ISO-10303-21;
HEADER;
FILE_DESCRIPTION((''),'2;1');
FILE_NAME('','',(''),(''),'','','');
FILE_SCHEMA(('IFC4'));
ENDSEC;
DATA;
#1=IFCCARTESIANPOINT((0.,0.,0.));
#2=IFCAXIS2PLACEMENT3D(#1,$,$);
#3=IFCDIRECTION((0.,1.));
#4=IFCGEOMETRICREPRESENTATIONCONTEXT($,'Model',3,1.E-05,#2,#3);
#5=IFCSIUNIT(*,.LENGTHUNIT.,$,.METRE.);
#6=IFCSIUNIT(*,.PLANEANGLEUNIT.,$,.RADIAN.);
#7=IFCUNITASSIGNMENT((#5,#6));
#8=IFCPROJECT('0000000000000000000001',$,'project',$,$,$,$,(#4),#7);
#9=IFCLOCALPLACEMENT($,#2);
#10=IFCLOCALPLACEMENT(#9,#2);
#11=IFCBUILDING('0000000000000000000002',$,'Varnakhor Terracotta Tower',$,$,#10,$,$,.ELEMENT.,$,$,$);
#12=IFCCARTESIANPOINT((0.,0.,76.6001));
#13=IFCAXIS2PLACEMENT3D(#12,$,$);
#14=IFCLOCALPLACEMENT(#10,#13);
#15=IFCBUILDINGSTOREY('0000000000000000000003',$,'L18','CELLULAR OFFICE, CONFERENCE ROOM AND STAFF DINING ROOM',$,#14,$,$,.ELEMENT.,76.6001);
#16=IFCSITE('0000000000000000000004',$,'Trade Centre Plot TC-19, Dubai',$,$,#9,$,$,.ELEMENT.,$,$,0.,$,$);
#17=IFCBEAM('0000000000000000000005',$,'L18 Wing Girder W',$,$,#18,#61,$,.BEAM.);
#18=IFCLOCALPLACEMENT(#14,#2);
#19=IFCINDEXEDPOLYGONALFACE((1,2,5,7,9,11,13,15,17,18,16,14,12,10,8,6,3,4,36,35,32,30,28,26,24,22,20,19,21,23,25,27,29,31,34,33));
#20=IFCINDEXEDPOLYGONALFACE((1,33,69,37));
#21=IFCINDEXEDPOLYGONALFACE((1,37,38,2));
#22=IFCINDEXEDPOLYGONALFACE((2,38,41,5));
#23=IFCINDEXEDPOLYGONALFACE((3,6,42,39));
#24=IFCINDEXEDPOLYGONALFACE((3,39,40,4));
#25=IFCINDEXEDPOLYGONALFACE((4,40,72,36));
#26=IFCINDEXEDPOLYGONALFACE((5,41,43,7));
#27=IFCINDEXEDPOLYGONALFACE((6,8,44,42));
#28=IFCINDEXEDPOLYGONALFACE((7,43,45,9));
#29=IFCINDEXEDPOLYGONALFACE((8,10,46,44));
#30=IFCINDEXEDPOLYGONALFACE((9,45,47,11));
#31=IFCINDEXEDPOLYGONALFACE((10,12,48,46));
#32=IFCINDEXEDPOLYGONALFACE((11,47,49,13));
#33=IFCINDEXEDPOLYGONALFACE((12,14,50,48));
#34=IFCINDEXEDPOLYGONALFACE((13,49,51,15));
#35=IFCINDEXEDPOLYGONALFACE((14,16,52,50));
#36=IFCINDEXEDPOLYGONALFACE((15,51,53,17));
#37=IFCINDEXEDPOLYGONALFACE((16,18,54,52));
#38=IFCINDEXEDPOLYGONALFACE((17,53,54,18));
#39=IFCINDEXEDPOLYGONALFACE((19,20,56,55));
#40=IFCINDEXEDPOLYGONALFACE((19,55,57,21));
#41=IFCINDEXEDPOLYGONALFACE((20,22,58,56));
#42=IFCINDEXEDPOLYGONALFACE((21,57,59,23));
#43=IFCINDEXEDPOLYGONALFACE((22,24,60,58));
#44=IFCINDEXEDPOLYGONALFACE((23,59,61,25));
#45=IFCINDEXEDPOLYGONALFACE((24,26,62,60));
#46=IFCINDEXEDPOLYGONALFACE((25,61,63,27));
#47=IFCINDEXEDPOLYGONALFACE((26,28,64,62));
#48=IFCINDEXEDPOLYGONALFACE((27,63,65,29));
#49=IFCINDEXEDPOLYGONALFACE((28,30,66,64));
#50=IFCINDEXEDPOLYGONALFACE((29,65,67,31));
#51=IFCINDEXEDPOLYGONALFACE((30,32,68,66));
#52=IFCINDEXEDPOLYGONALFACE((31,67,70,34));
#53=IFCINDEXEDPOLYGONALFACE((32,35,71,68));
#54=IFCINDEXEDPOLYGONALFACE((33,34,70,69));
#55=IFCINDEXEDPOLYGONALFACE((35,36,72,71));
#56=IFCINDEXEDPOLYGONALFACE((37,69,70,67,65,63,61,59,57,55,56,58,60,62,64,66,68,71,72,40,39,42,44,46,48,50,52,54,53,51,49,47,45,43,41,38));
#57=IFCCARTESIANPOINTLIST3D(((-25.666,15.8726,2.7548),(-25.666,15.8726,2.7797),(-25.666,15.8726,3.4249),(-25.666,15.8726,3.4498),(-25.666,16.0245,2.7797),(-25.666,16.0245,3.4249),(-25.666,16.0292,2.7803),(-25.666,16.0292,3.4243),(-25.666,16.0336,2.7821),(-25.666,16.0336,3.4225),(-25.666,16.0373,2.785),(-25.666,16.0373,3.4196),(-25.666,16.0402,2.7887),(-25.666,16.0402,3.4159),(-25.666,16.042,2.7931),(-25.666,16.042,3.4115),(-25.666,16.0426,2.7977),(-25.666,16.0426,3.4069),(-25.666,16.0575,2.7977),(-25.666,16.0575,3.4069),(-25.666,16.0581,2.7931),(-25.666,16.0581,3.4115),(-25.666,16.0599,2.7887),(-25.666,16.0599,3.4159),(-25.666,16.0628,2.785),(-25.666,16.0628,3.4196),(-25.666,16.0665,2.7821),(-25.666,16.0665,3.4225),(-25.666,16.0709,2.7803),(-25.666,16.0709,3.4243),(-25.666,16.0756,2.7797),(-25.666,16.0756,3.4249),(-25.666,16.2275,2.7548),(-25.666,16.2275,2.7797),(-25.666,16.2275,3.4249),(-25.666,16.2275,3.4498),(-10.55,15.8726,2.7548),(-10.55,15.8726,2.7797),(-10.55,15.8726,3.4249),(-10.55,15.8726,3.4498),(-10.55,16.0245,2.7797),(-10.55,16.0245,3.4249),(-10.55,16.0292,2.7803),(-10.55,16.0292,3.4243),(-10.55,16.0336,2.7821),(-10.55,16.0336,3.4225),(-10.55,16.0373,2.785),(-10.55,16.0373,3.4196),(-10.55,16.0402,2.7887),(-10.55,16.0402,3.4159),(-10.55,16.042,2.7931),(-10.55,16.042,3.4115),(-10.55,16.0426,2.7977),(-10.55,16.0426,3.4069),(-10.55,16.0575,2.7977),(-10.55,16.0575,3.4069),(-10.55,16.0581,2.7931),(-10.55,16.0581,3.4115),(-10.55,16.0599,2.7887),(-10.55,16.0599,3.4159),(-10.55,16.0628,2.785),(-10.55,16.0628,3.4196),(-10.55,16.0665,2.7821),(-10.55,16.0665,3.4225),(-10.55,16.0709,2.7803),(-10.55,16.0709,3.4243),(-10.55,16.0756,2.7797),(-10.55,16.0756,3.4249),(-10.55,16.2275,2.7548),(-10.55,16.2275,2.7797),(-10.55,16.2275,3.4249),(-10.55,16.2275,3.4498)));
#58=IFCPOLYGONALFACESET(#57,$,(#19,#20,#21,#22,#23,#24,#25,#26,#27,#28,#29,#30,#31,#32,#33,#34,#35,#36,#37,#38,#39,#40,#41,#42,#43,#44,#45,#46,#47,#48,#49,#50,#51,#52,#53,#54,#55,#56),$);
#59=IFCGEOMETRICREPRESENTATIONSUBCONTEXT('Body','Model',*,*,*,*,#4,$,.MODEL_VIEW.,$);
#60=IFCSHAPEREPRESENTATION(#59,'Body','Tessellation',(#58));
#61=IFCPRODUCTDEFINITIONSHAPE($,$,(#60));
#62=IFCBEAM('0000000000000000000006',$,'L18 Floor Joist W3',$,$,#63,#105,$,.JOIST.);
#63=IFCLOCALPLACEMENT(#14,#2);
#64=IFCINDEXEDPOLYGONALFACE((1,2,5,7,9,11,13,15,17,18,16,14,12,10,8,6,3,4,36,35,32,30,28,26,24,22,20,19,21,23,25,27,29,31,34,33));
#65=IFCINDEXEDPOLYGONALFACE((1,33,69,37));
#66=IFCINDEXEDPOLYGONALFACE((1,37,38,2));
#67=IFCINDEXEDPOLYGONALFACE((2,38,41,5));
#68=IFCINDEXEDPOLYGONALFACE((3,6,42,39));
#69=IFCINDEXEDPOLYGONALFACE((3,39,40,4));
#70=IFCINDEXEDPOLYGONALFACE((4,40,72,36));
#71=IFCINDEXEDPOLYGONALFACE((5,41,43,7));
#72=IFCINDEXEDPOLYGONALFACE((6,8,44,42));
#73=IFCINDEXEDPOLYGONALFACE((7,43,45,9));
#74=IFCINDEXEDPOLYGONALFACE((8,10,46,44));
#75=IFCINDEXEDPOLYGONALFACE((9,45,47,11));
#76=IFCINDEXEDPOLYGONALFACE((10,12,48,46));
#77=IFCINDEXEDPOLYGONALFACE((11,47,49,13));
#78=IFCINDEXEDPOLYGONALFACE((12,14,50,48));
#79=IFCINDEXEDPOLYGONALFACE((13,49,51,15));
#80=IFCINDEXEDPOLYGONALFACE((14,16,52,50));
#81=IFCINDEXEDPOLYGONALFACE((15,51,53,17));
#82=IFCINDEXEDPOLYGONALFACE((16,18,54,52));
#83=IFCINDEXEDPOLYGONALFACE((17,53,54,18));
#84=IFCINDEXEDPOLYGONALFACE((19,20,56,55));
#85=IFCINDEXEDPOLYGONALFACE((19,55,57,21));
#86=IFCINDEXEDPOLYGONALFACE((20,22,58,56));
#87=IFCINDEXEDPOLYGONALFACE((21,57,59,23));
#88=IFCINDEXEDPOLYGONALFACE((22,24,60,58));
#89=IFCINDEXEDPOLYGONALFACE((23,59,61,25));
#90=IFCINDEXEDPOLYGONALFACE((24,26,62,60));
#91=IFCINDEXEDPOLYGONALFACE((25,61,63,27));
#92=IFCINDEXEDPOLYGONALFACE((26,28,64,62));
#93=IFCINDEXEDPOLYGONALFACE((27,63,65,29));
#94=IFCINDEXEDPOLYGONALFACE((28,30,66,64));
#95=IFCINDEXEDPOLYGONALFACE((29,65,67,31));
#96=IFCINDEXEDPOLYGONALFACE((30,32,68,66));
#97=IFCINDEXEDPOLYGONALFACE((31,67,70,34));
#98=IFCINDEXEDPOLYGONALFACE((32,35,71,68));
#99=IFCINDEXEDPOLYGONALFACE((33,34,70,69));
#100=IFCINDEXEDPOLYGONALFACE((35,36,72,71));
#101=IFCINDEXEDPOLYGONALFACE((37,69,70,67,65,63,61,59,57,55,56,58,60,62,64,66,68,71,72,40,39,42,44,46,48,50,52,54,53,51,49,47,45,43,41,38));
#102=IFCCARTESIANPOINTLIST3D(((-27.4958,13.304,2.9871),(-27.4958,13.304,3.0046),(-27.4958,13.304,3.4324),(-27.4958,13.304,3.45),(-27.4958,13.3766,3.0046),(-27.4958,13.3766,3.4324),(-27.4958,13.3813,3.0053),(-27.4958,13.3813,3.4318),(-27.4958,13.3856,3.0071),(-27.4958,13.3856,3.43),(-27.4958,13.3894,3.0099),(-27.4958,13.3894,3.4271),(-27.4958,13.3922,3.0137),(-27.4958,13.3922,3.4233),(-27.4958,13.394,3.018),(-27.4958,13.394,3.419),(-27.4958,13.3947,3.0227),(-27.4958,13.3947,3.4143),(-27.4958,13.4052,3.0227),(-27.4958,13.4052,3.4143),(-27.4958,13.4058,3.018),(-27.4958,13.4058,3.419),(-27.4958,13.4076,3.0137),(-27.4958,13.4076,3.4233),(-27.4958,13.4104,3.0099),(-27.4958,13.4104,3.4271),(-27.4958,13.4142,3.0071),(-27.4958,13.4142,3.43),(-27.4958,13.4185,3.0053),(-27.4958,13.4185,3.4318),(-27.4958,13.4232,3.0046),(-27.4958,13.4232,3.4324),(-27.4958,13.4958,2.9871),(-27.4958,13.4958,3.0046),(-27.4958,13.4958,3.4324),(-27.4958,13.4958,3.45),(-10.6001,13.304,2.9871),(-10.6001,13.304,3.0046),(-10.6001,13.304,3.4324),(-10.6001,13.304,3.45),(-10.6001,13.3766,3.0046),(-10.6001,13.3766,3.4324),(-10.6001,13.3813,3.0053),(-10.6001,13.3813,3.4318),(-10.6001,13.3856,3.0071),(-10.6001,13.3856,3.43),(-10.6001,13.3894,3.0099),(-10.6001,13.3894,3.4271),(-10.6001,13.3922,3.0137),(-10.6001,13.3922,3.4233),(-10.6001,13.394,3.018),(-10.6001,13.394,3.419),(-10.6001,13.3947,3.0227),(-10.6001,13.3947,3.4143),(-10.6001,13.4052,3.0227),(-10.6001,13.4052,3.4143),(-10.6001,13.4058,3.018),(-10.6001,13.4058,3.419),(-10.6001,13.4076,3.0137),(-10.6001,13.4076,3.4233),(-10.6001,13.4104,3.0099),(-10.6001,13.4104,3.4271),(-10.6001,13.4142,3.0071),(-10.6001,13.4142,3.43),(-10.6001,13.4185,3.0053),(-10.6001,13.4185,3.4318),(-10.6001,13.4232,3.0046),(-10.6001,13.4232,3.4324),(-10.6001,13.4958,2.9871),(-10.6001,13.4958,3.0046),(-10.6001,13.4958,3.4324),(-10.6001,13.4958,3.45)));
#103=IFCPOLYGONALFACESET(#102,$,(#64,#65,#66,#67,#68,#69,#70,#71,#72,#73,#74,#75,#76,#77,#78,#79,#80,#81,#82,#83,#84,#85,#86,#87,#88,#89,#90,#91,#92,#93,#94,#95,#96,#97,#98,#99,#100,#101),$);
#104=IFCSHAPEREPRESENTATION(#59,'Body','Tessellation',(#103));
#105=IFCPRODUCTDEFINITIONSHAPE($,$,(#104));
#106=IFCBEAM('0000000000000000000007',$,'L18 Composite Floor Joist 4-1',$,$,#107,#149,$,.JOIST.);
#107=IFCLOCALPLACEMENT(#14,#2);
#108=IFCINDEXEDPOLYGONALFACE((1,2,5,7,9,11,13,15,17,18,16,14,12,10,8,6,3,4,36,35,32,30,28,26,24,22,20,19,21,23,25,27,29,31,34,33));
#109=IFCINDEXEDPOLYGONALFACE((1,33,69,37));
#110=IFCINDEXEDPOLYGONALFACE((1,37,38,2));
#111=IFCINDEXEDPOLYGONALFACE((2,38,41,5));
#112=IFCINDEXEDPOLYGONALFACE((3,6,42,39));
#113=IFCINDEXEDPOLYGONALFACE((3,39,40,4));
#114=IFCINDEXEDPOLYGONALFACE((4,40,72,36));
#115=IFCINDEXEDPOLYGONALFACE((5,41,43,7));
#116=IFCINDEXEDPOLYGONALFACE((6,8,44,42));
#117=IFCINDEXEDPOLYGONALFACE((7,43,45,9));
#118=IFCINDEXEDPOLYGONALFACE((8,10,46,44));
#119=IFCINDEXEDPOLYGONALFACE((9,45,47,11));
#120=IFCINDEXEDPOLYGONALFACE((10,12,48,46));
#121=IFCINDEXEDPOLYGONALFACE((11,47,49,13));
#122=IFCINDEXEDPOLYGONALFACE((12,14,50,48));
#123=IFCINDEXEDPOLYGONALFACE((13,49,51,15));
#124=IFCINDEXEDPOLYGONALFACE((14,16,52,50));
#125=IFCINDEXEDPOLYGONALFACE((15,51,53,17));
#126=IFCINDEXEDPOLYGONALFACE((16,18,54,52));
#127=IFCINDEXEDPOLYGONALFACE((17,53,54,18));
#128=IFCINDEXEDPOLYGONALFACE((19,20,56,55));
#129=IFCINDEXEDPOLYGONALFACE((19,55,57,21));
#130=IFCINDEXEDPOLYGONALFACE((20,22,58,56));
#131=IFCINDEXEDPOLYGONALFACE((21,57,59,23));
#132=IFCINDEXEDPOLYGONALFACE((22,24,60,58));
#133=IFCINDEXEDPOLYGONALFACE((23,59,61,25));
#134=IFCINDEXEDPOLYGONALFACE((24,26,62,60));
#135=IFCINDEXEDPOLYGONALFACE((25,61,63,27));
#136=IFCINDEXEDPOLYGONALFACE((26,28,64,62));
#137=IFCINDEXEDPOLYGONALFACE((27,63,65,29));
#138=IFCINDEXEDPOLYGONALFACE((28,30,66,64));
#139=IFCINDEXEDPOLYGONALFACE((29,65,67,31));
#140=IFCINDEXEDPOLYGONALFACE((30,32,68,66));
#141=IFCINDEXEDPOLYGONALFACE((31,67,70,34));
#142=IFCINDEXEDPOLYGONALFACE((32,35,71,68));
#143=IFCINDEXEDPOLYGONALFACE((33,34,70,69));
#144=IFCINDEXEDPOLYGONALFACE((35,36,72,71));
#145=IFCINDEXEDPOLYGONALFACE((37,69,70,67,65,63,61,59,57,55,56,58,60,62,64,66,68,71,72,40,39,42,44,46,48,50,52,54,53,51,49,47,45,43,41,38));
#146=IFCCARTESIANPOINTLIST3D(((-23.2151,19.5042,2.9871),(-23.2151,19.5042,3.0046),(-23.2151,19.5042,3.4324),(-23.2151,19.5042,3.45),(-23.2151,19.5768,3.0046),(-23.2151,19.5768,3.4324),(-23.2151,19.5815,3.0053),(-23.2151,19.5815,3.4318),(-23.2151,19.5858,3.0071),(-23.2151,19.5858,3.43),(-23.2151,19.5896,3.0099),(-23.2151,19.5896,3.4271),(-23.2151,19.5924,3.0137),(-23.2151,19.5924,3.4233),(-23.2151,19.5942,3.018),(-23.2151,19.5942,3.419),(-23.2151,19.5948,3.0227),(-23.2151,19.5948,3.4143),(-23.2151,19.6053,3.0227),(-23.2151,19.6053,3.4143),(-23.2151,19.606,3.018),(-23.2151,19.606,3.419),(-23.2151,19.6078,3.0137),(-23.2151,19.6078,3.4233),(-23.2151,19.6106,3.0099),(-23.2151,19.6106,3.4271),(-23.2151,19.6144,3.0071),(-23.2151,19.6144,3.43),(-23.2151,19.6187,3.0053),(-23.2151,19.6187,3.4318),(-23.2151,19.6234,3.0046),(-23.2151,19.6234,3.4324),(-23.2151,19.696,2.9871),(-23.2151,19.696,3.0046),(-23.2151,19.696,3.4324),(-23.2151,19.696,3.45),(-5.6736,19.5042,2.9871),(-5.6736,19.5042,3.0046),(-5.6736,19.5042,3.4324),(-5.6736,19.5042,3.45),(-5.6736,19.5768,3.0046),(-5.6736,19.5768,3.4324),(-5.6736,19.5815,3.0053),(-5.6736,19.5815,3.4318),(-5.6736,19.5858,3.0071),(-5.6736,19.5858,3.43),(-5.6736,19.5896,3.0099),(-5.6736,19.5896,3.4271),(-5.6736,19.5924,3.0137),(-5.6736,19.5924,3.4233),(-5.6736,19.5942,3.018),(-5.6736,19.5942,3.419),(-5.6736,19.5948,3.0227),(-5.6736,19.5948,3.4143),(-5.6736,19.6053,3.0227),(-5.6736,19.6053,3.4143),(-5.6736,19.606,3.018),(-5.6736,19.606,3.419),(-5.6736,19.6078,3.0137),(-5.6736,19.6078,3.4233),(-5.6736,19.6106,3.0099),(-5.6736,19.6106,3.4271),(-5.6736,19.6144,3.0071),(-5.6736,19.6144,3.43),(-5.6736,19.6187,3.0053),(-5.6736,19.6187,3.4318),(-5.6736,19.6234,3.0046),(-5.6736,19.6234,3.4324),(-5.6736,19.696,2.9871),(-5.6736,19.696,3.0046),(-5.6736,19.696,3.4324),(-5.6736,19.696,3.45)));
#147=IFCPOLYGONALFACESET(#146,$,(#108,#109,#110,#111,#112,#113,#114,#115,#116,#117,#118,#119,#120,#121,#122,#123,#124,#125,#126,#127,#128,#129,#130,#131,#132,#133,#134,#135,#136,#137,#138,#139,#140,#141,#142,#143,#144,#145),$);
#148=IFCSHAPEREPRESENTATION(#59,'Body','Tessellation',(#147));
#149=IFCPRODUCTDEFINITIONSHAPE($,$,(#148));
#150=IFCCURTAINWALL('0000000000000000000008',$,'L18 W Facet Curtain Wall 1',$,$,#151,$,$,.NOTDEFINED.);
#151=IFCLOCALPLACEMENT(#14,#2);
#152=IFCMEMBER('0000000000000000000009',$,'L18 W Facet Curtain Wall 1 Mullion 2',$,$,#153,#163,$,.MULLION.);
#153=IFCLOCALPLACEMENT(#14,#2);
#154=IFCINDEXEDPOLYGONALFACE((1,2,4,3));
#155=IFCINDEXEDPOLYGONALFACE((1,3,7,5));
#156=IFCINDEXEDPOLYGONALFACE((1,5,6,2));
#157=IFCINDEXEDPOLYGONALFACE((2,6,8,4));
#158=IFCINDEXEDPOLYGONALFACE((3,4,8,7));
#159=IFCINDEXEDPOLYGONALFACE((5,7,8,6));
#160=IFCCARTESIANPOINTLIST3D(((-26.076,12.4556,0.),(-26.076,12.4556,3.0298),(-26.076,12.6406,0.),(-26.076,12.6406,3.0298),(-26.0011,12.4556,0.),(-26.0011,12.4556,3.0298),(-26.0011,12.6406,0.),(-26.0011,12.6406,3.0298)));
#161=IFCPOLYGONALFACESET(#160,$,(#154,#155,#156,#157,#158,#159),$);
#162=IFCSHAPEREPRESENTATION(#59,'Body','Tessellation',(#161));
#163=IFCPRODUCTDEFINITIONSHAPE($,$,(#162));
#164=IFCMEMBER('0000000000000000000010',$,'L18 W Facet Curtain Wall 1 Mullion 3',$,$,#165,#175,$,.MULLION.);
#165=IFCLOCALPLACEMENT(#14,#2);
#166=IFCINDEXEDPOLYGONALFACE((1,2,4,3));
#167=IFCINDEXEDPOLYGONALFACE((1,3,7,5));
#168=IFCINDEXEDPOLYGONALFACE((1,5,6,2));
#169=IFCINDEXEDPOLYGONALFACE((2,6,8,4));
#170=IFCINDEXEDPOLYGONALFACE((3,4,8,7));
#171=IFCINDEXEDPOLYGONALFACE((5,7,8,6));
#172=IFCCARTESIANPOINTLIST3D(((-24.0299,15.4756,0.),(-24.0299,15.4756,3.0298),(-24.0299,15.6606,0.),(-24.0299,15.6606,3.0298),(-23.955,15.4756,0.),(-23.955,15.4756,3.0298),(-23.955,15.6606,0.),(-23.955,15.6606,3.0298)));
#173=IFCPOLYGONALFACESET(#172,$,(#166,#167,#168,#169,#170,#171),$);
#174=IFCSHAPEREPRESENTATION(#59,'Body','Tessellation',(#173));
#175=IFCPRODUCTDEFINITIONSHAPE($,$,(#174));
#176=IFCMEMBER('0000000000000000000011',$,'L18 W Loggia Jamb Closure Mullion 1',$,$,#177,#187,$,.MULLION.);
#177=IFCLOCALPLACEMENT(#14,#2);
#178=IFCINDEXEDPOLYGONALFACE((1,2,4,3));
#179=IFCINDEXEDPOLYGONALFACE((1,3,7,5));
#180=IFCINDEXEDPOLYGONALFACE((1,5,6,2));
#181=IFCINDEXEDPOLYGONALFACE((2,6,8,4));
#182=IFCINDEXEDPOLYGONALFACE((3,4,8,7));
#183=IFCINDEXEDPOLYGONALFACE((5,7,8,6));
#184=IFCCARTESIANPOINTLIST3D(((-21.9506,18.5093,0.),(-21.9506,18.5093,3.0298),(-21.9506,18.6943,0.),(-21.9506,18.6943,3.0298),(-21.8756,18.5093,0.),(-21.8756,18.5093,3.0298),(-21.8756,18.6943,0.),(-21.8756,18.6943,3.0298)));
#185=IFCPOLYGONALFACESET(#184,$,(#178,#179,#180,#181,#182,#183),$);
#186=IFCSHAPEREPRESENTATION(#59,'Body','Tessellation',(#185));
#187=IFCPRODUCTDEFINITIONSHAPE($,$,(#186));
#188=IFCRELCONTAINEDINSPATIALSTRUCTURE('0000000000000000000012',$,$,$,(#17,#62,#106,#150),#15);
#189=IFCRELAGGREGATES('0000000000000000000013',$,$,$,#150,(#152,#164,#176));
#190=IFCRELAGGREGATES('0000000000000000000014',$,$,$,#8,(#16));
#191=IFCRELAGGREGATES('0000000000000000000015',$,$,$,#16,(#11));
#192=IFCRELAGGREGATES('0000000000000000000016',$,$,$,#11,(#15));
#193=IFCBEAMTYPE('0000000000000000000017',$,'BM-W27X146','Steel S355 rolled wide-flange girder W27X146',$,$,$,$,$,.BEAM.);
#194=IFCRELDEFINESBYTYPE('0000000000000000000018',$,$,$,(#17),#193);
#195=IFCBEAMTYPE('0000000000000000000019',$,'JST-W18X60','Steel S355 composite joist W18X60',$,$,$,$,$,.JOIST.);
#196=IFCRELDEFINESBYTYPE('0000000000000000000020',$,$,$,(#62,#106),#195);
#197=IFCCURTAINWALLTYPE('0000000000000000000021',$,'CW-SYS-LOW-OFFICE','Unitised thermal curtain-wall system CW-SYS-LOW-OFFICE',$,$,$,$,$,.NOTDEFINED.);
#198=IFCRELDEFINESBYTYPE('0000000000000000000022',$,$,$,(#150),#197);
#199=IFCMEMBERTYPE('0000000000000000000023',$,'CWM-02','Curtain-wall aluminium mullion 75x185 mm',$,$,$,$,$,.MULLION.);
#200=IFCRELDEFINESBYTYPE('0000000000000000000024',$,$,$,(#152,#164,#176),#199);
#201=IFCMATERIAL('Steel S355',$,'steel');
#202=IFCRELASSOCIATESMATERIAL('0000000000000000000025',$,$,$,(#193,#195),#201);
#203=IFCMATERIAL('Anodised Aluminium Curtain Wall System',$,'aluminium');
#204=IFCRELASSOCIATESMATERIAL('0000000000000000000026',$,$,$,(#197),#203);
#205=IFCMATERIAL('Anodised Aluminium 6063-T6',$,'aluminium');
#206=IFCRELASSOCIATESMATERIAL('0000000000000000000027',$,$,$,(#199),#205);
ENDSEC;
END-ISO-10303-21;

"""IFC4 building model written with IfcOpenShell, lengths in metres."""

from ifc_helpers import new_model, si_unit, direction, frame, origin, origin_2d, place, context, subcontext, project, spatial, rectangle, i_section, extrude, source, transform, mapped, material, material_profile, profile_set, type_object, element, aggregate, save


model = new_model("IFC4")

# Units and contexts
model_context = context("Model", 3, precision=1e-05, world=origin(), true_north=direction((0.0, 1.0)))
body_context = subcontext(model_context, "Body", "Model", "MODEL_VIEW")
ifc_project = project(units=[si_unit("LENGTHUNIT", "METRE"), si_unit("PLANEANGLEUNIT", "RADIAN")], contexts=[model_context])

# Site, building, storey
site_placement = place(None, origin())
site = spatial("IfcSite", under=ifc_project, at=site_placement, Name="Trade Centre Plot TC-19, Dubai", CompositionType="ELEMENT", RefElevation=0.0)
building_placement = place(site_placement, origin())
building = spatial("IfcBuilding", under=site, at=building_placement, Name="Varnakhor Terracotta Tower", CompositionType="ELEMENT")
storey_placement = place(building_placement, frame((0.0, 0.0, 76.6001)))
storey = spatial("IfcBuildingStorey", under=building, at=storey_placement, Name="L18", Description="CELLULAR OFFICE, CONFERENCE ROOM AND STAFF DINING ROOM", CompositionType="ELEMENT", Elevation=76.6001)

# Beams
ifc_material_1 = material(Name="Steel S355", Category="steel")
ifc_material_profile_1 = material_profile(ifc_material_1, i_section(OverallWidth=0.355, OverallDepth=0.6951, WebThickness=0.0149, FlangeThickness=0.0249, FilletRadius=0.0181, at=origin_2d()), Name="W27X146")
ifc_profile_set_1 = profile_set([ifc_material_profile_1], Name="Steel S355")
beam_type_1 = type_object("IfcBeamType", Name="BM-W27X146", Description="Steel S355 rolled wide-flange girder W27X146", PredefinedType="BEAM", material=ifc_profile_set_1)
shared_shape_1 = source(origin(), body_context, "Body", "SweptSolid", [
    extrude(i_section(OverallWidth=0.355, OverallDepth=0.6951, WebThickness=0.0149, FlangeThickness=0.0249, FilletRadius=0.0181, at=origin_2d()), origin(), (0.0, 0.0, 1.0), 15.116),
])
beam_1_placement = place(storey_placement, frame((-25.666, 16.05, 3.1023), z_axis=(1.0, 0.0, 0.0), x_axis=(0.0, 1.0, 0.0)))
element("IfcBeam", 1, at=beam_1_placement, inside=storey, type_object=beam_type_1, Name="L18 Wing Girder W", PredefinedType="BEAM", context=body_context, shape_type="MappedRepresentation", body=[
    mapped(shared_shape_1, transform((0.0, 0.0, 0.0), scale=1.0)),
])
ifc_material_profile_2 = material_profile(ifc_material_1, i_section(OverallWidth=0.1919, OverallDepth=0.4629, WebThickness=0.0105, FlangeThickness=0.0176, FilletRadius=0.0181, at=origin_2d()), Name="W18X60")
ifc_profile_set_2 = profile_set([ifc_material_profile_2], Name="Steel S355")
beam_type_2 = type_object("IfcBeamType", Name="JST-W18X60", Description="Steel S355 composite joist W18X60", PredefinedType="JOIST", material=ifc_profile_set_2)
shared_shape_2 = source(origin(), body_context, "Body", "SweptSolid", [
    extrude(i_section(OverallWidth=0.1919, OverallDepth=0.4629, WebThickness=0.0105, FlangeThickness=0.0176, FilletRadius=0.0181, at=origin_2d()), origin(), (0.0, 0.0, 1.0), 16.8958),
])
beam_2_placement = place(storey_placement, frame((-27.4958, 13.3999, 3.2185), z_axis=(1.0, 0.0, 0.0), x_axis=(0.0, 1.0, 0.0)))
element("IfcBeam", 2, at=beam_2_placement, inside=storey, type_object=beam_type_2, Name="L18 Floor Joist W3", PredefinedType="JOIST", context=body_context, shape_type="MappedRepresentation", body=[
    mapped(shared_shape_2, transform((0.0, 0.0, 0.0), scale=1.0)),
])
shared_shape_3 = source(origin(), body_context, "Body", "SweptSolid", [
    extrude(i_section(OverallWidth=0.1919, OverallDepth=0.4629, WebThickness=0.0105, FlangeThickness=0.0176, FilletRadius=0.0181, at=origin_2d()), origin(), (0.0, 0.0, 1.0), 17.5415),
])
beam_3_placement = place(storey_placement, frame((-23.2151, 19.6001, 3.2185), z_axis=(1.0, 0.0, 0.0), x_axis=(0.0, 1.0, 0.0)))
element("IfcBeam", 3, at=beam_3_placement, inside=storey, type_object=beam_type_2, Name="L18 Composite Floor Joist 4-1", PredefinedType="JOIST", context=body_context, shape_type="MappedRepresentation", body=[
    mapped(shared_shape_3, transform((0.0, 0.0, 0.0), scale=1.0)),
])

# Curtain wall, members
ifc_material_2 = material(Name="Anodised Aluminium Curtain Wall System", Category="aluminium")
curtain_wall_type = type_object("IfcCurtainWallType", Name="CW-SYS-LOW-OFFICE", Description="Unitised thermal curtain-wall system CW-SYS-LOW-OFFICE", PredefinedType="NOTDEFINED", material=ifc_material_2)
curtain_wall_placement = place(storey_placement, origin())
curtain_wall = element("IfcCurtainWall", 4, at=curtain_wall_placement, inside=storey, type_object=curtain_wall_type, Name="L18 W Facet Curtain Wall 1", PredefinedType="NOTDEFINED")
ifc_material_3 = material(Name="Anodised Aluminium 6063-T6", Category="aluminium")
ifc_material_profile_3 = material_profile(ifc_material_3, rectangle(XDim=0.075, YDim=0.1851, at=origin_2d()), Name="ALU MULLION 75x185")
ifc_profile_set_3 = profile_set([ifc_material_profile_3], Name="Anodised Aluminium 6063-T6")
member_type_1 = type_object("IfcMemberType", Name="CWM-02", Description="Curtain-wall aluminium mullion 75x185 mm", PredefinedType="MULLION", material=ifc_profile_set_3)
shared_shape_4 = source(origin(), body_context, "Body", "SweptSolid", [
    extrude(rectangle(XDim=0.075, YDim=0.1851, at=origin_2d()), origin(), (0.0, 0.0, 1.0), 3.0298),
])
member_1_placement = place(storey_placement, frame((-26.0386, 12.5481, 0.0), z_axis=(0.0, 0.0, 1.0), x_axis=(1.0, 0.0, 0.0)))
member_1 = element("IfcMember", 5, at=member_1_placement, type_object=member_type_1, Name="L18 W Facet Curtain Wall 1 Mullion 2", PredefinedType="MULLION", context=body_context, shape_type="MappedRepresentation", body=[
    mapped(shared_shape_4, transform((0.0, 0.0, 0.0), scale=1.0)),
])
member_2_placement = place(storey_placement, frame((-23.9924, 15.5681, 0.0), z_axis=(0.0, 0.0, 1.0), x_axis=(1.0, 0.0, 0.0)))
member_2 = element("IfcMember", 6, at=member_2_placement, type_object=member_type_1, Name="L18 W Facet Curtain Wall 1 Mullion 3", PredefinedType="MULLION", context=body_context, shape_type="MappedRepresentation", body=[
    mapped(shared_shape_4, transform((0.0, 0.0, 0.0), scale=1.0)),
])
member_3_placement = place(storey_placement, frame((-21.9131, 18.6018, 0.0), z_axis=(0.0, 0.0, 1.0), x_axis=(1.0, 0.0, 0.0)))
member_3 = element("IfcMember", 7, at=member_3_placement, type_object=member_type_1, Name="L18 W Loggia Jamb Closure Mullion 1", PredefinedType="MULLION", context=body_context, shape_type="MappedRepresentation", body=[
    mapped(shared_shape_4, transform((0.0, 0.0, 0.0), scale=1.0)),
])

aggregate(curtain_wall, [member_1, member_2, member_3])

save(model, "model.ifc")
